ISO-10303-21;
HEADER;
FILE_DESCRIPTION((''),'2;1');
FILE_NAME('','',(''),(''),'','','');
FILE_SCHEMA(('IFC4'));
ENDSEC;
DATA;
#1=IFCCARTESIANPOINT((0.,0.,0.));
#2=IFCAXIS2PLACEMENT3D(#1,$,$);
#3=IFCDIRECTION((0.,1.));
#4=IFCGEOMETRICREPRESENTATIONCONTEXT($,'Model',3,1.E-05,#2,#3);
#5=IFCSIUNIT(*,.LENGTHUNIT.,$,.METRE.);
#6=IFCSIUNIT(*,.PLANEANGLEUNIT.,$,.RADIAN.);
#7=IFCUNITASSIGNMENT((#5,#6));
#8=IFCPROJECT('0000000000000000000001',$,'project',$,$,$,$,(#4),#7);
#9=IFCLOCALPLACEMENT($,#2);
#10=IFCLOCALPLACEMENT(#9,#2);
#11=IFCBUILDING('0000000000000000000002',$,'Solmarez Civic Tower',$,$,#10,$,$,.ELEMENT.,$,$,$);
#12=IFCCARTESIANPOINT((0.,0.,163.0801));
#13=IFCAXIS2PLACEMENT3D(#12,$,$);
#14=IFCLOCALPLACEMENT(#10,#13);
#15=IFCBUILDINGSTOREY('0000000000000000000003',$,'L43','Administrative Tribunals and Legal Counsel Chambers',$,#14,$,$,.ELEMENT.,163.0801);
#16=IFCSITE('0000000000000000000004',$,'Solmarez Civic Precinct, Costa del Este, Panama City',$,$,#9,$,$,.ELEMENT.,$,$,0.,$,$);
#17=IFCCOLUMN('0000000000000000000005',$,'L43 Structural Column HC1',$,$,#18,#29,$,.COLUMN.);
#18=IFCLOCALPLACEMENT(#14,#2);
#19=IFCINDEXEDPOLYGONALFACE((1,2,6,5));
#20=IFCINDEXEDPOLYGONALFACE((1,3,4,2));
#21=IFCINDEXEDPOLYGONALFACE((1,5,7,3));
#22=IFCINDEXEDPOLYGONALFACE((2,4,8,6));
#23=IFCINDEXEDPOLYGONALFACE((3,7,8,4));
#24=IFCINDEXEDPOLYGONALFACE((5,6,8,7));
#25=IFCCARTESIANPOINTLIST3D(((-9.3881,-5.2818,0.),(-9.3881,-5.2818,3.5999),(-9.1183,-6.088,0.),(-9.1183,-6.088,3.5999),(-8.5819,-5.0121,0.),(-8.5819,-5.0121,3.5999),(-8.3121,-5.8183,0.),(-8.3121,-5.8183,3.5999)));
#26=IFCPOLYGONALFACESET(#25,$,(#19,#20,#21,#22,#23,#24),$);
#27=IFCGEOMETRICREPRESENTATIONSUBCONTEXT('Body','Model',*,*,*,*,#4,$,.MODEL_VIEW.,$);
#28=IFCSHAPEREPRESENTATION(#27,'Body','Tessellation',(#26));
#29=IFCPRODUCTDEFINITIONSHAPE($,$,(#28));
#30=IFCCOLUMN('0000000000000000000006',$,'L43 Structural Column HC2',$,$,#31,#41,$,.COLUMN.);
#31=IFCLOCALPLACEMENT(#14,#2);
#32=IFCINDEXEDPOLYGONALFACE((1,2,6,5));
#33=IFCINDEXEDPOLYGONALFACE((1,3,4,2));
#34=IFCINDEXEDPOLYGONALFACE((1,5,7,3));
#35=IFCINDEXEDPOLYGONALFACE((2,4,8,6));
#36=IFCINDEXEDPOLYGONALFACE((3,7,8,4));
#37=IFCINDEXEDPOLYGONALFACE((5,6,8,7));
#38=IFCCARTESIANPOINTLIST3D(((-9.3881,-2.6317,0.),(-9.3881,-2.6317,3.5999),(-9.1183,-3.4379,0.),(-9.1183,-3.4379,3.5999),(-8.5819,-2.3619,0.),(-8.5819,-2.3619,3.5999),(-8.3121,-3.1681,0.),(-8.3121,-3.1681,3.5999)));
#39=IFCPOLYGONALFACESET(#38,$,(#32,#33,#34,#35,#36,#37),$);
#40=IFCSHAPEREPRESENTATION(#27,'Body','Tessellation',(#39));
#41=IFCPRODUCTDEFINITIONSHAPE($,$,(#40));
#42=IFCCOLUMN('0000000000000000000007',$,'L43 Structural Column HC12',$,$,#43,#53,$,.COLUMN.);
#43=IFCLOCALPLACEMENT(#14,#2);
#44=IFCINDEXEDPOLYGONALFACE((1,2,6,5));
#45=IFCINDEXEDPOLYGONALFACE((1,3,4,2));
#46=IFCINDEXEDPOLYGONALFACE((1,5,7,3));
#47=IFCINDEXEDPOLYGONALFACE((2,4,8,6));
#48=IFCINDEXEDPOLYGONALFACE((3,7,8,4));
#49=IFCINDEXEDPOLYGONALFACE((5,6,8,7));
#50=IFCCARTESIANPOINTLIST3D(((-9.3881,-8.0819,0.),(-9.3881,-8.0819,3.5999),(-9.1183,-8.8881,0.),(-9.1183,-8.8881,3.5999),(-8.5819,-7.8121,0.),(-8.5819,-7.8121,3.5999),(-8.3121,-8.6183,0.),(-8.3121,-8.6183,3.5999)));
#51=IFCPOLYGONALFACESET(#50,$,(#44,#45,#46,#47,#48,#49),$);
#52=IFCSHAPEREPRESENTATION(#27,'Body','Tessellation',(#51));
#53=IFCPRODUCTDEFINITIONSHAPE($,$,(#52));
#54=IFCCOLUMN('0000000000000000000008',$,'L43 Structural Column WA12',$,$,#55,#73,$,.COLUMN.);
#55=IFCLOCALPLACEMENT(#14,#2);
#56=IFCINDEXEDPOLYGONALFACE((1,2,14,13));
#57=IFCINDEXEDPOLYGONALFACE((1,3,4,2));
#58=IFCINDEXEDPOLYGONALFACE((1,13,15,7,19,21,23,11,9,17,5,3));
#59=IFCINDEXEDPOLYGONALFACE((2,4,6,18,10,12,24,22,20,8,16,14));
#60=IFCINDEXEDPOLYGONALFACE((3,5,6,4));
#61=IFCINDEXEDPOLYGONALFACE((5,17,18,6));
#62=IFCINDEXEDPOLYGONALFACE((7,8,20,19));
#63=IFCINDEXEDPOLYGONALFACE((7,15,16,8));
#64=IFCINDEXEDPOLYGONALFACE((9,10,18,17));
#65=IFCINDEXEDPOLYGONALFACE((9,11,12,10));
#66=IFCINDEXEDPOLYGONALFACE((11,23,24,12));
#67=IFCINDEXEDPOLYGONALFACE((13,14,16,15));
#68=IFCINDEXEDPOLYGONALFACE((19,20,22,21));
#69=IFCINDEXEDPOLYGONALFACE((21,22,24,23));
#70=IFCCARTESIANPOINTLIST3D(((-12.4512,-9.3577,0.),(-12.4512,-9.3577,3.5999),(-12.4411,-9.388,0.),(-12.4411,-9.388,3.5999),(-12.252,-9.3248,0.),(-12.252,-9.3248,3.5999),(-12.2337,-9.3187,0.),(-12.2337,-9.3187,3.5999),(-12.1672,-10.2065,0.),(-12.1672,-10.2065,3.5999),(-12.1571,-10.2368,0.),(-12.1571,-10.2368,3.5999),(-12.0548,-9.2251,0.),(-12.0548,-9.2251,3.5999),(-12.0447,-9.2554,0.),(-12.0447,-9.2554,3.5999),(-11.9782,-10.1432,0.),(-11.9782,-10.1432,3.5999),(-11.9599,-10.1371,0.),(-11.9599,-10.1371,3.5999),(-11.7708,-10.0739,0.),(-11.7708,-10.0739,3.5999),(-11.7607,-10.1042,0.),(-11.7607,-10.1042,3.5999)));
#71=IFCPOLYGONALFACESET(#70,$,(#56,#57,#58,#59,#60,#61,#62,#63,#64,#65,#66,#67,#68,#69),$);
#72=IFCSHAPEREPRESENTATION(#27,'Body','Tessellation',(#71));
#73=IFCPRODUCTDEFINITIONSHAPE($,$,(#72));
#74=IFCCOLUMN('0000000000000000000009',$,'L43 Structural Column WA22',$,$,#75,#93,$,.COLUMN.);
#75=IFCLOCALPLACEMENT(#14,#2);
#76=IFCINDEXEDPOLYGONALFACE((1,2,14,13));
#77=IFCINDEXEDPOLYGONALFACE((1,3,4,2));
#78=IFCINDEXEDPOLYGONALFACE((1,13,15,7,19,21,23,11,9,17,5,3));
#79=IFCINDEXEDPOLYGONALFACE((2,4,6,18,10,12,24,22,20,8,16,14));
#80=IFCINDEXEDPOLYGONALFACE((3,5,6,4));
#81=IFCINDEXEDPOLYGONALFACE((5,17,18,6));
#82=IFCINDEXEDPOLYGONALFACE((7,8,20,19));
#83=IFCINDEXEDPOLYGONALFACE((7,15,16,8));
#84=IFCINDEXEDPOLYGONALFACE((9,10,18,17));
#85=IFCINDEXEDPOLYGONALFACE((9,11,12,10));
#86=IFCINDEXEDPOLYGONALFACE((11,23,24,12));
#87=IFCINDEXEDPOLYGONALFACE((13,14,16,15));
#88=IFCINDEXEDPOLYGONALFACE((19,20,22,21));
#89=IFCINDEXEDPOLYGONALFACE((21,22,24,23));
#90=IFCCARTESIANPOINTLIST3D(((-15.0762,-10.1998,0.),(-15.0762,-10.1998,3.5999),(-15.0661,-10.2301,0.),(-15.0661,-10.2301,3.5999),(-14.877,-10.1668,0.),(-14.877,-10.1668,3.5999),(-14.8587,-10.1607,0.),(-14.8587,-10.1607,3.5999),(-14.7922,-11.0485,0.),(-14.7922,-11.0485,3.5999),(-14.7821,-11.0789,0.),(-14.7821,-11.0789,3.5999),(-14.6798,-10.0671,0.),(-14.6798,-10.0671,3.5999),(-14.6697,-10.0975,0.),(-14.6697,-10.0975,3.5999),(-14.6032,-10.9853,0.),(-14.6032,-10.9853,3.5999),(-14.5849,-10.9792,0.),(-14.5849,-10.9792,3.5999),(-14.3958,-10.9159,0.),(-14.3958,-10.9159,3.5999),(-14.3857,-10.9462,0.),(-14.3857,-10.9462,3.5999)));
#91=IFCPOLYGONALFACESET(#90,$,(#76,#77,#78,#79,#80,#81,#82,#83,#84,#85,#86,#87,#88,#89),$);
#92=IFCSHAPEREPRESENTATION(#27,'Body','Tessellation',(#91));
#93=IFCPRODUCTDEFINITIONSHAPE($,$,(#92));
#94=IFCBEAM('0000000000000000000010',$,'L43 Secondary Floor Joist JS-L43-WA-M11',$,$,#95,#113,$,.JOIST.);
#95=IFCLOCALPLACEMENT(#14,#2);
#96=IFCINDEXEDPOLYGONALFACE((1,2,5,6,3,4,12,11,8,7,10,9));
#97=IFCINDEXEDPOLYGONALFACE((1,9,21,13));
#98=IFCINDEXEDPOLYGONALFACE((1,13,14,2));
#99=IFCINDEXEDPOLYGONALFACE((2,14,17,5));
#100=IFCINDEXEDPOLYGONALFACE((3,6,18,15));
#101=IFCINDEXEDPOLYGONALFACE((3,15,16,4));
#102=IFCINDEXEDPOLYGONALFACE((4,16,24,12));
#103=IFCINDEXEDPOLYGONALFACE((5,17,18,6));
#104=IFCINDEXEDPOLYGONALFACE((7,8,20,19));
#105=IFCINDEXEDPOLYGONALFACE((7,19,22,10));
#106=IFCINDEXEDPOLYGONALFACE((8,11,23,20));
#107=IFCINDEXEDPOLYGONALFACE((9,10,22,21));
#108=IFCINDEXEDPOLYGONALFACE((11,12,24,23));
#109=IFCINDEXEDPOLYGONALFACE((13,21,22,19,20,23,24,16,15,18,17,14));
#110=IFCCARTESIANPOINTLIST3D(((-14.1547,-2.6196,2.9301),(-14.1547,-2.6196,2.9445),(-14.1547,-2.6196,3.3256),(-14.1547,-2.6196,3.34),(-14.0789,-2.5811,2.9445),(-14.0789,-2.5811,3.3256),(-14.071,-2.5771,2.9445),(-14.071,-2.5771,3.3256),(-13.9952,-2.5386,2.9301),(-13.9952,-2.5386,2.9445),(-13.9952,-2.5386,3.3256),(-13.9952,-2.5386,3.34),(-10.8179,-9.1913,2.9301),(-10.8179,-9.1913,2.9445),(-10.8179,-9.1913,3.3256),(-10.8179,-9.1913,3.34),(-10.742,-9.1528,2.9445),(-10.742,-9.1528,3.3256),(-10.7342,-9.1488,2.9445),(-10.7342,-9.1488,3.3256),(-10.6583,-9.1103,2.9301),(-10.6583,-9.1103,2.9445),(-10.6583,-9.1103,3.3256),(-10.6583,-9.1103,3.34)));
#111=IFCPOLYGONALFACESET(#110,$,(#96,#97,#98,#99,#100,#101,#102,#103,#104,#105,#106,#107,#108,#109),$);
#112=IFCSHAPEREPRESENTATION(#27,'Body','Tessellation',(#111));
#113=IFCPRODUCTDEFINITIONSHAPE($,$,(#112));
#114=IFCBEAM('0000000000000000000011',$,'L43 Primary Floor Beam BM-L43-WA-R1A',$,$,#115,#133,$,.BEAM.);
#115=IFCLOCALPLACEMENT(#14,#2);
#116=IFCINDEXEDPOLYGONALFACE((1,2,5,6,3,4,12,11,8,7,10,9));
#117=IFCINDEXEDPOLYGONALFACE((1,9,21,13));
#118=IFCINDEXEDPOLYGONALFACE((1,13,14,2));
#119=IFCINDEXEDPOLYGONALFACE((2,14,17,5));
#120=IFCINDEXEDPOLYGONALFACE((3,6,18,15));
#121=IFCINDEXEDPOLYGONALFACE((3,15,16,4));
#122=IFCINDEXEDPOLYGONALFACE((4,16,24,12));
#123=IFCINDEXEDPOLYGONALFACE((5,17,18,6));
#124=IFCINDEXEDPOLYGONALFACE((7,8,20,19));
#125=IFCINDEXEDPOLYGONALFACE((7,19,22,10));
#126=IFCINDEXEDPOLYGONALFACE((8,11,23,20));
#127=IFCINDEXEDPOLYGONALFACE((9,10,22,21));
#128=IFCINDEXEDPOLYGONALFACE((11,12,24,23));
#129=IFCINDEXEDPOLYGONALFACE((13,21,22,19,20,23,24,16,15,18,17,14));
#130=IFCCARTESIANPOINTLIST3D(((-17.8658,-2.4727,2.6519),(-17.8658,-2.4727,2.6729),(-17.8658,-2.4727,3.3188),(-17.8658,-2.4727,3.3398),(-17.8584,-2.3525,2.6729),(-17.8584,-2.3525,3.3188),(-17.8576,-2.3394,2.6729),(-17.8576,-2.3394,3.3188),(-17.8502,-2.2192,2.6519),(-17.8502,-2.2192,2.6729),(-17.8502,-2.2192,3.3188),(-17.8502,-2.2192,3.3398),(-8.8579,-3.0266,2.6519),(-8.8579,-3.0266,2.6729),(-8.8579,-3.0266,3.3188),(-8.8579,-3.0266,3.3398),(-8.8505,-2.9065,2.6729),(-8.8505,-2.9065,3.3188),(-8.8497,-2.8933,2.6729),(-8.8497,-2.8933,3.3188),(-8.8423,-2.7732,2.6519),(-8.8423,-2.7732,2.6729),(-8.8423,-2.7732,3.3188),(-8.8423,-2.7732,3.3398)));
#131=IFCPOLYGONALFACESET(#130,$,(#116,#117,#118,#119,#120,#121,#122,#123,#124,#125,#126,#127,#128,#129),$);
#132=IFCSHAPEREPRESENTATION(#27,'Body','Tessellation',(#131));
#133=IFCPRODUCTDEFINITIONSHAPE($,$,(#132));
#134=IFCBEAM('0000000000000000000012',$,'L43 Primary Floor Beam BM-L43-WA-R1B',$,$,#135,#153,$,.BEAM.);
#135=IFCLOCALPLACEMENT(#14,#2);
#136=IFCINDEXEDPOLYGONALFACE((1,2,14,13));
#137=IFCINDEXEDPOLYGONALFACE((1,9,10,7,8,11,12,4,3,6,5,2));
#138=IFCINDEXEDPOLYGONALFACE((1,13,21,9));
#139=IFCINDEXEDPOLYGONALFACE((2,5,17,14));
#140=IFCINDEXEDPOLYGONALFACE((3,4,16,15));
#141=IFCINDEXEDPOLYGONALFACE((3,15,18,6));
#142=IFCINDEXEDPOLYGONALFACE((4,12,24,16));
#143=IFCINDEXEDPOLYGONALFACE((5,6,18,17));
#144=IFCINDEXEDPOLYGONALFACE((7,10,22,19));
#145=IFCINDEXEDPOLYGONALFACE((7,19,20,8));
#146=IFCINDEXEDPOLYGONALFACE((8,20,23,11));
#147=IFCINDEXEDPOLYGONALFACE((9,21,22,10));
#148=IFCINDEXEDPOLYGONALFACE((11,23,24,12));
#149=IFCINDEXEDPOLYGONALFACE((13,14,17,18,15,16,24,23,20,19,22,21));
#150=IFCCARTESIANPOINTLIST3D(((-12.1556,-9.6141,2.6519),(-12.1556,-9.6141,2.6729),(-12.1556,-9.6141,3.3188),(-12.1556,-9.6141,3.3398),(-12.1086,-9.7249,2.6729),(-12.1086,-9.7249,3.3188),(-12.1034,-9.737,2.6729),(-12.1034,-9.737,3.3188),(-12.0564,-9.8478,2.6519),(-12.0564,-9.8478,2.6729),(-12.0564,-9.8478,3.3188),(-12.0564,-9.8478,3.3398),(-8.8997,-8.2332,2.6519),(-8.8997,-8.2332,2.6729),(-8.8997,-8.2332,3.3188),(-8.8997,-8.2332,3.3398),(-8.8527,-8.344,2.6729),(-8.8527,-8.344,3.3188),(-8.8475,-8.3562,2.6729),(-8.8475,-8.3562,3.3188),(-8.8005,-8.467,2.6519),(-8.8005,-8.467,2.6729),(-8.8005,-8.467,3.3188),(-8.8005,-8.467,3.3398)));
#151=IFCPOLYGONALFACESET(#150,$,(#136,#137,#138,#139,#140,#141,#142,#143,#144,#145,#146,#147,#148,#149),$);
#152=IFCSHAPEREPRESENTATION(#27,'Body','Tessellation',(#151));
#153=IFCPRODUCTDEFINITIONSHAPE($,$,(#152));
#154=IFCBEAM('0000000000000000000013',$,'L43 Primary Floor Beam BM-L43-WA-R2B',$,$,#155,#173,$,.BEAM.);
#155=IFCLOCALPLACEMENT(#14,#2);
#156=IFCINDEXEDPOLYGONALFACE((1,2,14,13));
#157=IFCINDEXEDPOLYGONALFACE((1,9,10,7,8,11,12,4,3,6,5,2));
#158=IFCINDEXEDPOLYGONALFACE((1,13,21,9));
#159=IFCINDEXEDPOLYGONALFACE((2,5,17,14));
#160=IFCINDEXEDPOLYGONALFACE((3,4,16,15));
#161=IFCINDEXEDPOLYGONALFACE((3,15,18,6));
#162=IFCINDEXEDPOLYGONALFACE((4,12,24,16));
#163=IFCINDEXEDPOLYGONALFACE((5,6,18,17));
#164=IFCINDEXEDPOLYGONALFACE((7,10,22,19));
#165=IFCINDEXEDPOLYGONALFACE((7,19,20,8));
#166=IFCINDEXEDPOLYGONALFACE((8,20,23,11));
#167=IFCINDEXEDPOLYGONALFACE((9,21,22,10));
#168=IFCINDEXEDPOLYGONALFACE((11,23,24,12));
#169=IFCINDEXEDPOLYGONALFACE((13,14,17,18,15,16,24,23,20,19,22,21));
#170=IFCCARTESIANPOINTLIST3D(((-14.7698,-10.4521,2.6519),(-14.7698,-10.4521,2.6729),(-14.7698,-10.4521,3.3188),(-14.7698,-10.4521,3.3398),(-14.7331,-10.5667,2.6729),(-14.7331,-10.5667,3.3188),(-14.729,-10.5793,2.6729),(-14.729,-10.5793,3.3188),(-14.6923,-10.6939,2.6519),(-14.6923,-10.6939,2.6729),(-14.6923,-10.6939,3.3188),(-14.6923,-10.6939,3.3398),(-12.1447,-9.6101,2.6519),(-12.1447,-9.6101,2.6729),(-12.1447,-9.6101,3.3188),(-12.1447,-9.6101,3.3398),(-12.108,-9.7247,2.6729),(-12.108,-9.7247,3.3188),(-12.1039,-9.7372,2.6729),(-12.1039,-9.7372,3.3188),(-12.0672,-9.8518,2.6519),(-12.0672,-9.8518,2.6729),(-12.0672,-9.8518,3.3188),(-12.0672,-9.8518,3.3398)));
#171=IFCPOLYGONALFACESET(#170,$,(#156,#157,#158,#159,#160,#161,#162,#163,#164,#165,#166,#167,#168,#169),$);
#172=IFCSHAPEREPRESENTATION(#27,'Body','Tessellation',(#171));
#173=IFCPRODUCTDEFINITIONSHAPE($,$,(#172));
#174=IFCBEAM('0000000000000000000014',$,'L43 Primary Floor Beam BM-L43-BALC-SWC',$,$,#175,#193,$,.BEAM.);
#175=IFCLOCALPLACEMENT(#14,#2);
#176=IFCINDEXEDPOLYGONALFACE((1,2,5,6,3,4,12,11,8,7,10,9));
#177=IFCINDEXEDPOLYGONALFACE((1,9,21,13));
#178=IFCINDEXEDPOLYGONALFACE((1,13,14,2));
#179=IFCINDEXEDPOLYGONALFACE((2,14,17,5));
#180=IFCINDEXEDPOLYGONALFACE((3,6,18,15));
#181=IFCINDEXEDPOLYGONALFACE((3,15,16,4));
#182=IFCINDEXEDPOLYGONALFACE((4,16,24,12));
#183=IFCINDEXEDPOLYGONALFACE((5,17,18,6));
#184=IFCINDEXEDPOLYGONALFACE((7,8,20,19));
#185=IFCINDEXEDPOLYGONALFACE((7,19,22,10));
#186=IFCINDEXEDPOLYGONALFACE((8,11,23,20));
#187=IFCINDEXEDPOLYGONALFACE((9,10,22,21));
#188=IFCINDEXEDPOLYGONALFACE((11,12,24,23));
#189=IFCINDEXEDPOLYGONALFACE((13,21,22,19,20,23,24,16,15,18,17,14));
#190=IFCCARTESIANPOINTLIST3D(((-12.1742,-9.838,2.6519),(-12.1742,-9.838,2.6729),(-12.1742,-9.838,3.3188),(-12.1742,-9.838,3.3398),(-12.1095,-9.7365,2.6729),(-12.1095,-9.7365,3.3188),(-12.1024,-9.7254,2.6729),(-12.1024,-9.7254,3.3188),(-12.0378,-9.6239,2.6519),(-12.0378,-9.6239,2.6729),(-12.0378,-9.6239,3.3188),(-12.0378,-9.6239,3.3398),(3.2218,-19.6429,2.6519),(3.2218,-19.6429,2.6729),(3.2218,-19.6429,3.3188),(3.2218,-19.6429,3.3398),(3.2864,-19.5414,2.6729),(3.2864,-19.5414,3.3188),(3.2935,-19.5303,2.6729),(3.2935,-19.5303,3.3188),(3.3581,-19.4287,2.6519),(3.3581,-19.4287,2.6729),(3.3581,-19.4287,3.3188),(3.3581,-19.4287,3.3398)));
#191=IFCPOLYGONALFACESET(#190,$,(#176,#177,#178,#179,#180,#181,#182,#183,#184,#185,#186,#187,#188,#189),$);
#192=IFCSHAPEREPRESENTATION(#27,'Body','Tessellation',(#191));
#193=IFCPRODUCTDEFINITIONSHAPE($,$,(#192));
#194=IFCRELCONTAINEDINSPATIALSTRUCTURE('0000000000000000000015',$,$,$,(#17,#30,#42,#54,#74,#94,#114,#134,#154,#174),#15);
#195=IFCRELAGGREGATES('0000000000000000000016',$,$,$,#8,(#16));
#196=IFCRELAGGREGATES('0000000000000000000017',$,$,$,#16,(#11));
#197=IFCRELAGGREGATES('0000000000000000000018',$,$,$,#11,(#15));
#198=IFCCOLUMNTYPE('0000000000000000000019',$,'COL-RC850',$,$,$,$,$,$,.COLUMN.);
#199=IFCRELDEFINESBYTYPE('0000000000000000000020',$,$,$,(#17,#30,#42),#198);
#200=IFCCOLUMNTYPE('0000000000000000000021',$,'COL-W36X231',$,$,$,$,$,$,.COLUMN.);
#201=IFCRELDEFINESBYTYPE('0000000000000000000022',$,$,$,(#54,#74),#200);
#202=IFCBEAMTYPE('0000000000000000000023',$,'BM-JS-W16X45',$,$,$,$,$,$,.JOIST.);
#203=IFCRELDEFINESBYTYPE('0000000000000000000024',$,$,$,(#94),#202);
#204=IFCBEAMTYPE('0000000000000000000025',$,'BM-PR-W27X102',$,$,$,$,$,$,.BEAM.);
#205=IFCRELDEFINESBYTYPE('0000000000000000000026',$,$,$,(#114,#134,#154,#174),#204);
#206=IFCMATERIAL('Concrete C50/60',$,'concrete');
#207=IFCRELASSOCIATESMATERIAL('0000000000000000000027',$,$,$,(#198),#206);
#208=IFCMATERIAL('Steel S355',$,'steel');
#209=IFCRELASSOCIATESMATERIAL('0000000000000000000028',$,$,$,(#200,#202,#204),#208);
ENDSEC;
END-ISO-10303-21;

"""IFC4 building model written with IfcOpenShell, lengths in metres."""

from ifc_helpers import new_model, si_unit, direction, frame, origin, origin_2d, place, context, subcontext, project, spatial, rectangle, i_section, extrude, material, material_profile, profile_set, type_object, element, save


model = new_model("IFC4")

# Units and contexts
model_context = context("Model", 3, precision=1e-05, world=origin(), true_north=direction((0.0, 1.0)))
body_context = subcontext(model_context, "Body", "Model", "MODEL_VIEW")
ifc_project = project(units=[si_unit("LENGTHUNIT", "METRE"), si_unit("PLANEANGLEUNIT", "RADIAN")], contexts=[model_context])

# Site, building, storey
site_placement = place(None, origin())
site = spatial("IfcSite", under=ifc_project, at=site_placement, Name="Solmarez Civic Precinct, Costa del Este, Panama City", CompositionType="ELEMENT", RefElevation=0.0)
building_placement = place(site_placement, origin())
building = spatial("IfcBuilding", under=site, at=building_placement, Name="Solmarez Civic Tower", CompositionType="ELEMENT")
storey_placement = place(building_placement, frame((0.0, 0.0, 163.0801)))
storey = spatial("IfcBuildingStorey", under=building, at=storey_placement, Name="L43", Description="Administrative Tribunals and Legal Counsel Chambers", CompositionType="ELEMENT", Elevation=163.0801)

# Columns
ifc_material_1 = material(Name="Concrete C50/60", Category="concrete")
ifc_material_profile_1 = material_profile(ifc_material_1, rectangle(XDim=0.8501, YDim=0.8501, at=origin_2d()), Name="RC850X850")
ifc_profile_set_1 = profile_set([ifc_material_profile_1], Name="Concrete C50/60")
column_type_1 = type_object("IfcColumnType", Name="COL-RC850", PredefinedType="COLUMN", material=ifc_profile_set_1)
for number, where, z_axis, x_axis, name in (
    (1, (-8.8501, -5.55, 0.0), (0.0, 0.0, 1.0), (0.948324, 0.317305, 0.0), "L43 Structural Column HC1"),
    (2, (-8.8501, -2.8999, 0.0), (0.0, 0.0, 1.0), (0.948324, 0.317305, 0.0), "L43 Structural Column HC2"),
    (3, (-8.8501, -8.3501, 0.0), (0.0, 0.0, 1.0), (0.948324, 0.317305, 0.0), "L43 Structural Column HC12"),
):
    element("IfcColumn", number, at=place(storey_placement, frame(where, z_axis=z_axis, x_axis=x_axis)), inside=storey, type_object=column_type_1, Name=name, PredefinedType="COLUMN", context=body_context, shape_type="SweptSolid", body=[
        extrude(rectangle(XDim=0.8501, YDim=0.8501, at=origin_2d()), origin(), (0.0, 0.0, 1.0), 3.5999),
    ])
ifc_material_2 = material(Name="Steel S355", Category="steel")
ifc_material_profile_2 = material_profile(ifc_material_2, i_section(OverallWidth=0.418, OverallDepth=0.927, WebThickness=0.0193, FlangeThickness=0.032, at=origin_2d()), Name="W36X231")
ifc_profile_set_2 = profile_set([ifc_material_profile_2], Name="Steel S355")
column_type_2 = type_object("IfcColumnType", Name="COL-W36X231", PredefinedType="COLUMN", material=ifc_profile_set_2)
for number, where, z_axis, x_axis, name in (
    (4, (-12.106, -9.731, 0.0), (0.0, 0.0, 1.0), (0.948324, 0.317305, 0.0), "L43 Structural Column WA12"),
    (5, (-14.731, -10.573, 0.0), (0.0, 0.0, 1.0), (0.948324, 0.317305, 0.0), "L43 Structural Column WA22"),
):
    element("IfcColumn", number, at=place(storey_placement, frame(where, z_axis=z_axis, x_axis=x_axis)), inside=storey, type_object=column_type_2, Name=name, PredefinedType="COLUMN", context=body_context, shape_type="SweptSolid", body=[
        extrude(i_section(OverallWidth=0.418, OverallDepth=0.927, WebThickness=0.0193, FlangeThickness=0.032, at=origin_2d()), origin(), (0.0, 0.0, 1.0), 3.5999),
    ])

# Beams
ifc_material_profile_3 = material_profile(ifc_material_2, i_section(OverallWidth=0.179, OverallDepth=0.4099, WebThickness=0.0088, FlangeThickness=0.0144, at=origin_2d()), Name="W16X45")
ifc_profile_set_3 = profile_set([ifc_material_profile_3], Name="Steel S355")
beam_type_1 = type_object("IfcBeamType", Name="BM-JS-W16X45", PredefinedType="JOIST", material=ifc_profile_set_3)
beam_1_placement = place(storey_placement, frame((-14.075, -2.5791, 3.135), z_axis=(0.452743, -0.891641, 0.0), x_axis=(0.891641, 0.452743, 0.0)))
element("IfcBeam", 6, at=beam_1_placement, inside=storey, type_object=beam_type_1, Name="L43 Secondary Floor Joist JS-L43-WA-M11", PredefinedType="JOIST", context=body_context, shape_type="SweptSolid", body=[
    extrude(i_section(OverallWidth=0.179, OverallDepth=0.4099, WebThickness=0.0088, FlangeThickness=0.0144, at=origin_2d()), origin(), (0.0, 0.0, 1.0), 7.3704),
])
ifc_material_profile_4 = material_profile(ifc_material_2, i_section(OverallWidth=0.2539, OverallDepth=0.688, WebThickness=0.0132, FlangeThickness=0.021, at=origin_2d()), Name="W27X102")
ifc_profile_set_4 = profile_set([ifc_material_profile_4], Name="Steel S355")
beam_type_2 = type_object("IfcBeamType", Name="BM-PR-W27X102", PredefinedType="BEAM", material=ifc_profile_set_4)
beam_2_placement = place(storey_placement, frame((-8.8501, -2.8999, 2.9958), z_axis=(-0.998114, 0.061381, 0.0), x_axis=(-0.061381, -0.998114, 0.0)))
element("IfcBeam", 7, at=beam_2_placement, inside=storey, type_object=beam_type_2, Name="L43 Primary Floor Beam BM-L43-WA-R1A", PredefinedType="BEAM", context=body_context, shape_type="SweptSolid", body=[
    extrude(i_section(OverallWidth=0.2539, OverallDepth=0.688, WebThickness=0.0132, FlangeThickness=0.021, at=origin_2d()), origin(), (0.0, 0.0, 1.0), 9.0249),
])
beam_3_placement = place(storey_placement, frame((-8.8501, -8.3501, 2.9958), z_axis=(-0.920624, -0.390451, 0.0), x_axis=(0.390451, -0.920624, 0.0)))
element("IfcBeam", 8, at=beam_3_placement, inside=storey, type_object=beam_type_2, Name="L43 Primary Floor Beam BM-L43-WA-R1B", PredefinedType="BEAM", context=body_context, shape_type="SweptSolid", body=[
    extrude(i_section(OverallWidth=0.2539, OverallDepth=0.688, WebThickness=0.0132, FlangeThickness=0.021, at=origin_2d()), origin(), (0.0, 0.0, 1.0), 3.5366),
])
beam_4_placement = place(storey_placement, frame((-12.106, -9.731, 2.9958), z_axis=(-0.952209, -0.305447, 0.0), x_axis=(0.305447, -0.952209, 0.0)))
element("IfcBeam", 9, at=beam_4_placement, inside=storey, type_object=beam_type_2, Name="L43 Primary Floor Beam BM-L43-WA-R2B", PredefinedType="BEAM", context=body_context, shape_type="SweptSolid", body=[
    extrude(i_section(OverallWidth=0.2539, OverallDepth=0.688, WebThickness=0.0132, FlangeThickness=0.021, at=origin_2d()), origin(), (0.0, 0.0, 1.0), 2.7568),
])
beam_5_placement = place(storey_placement, frame((-12.106, -9.731, 2.9958), z_axis=(0.843476, -0.537167, 0.0), x_axis=(0.537167, 0.843476, 0.0)))
element("IfcBeam", 10, at=beam_5_placement, inside=storey, type_object=beam_type_2, Name="L43 Primary Floor Beam BM-L43-BALC-SWC", PredefinedType="BEAM", context=body_context, shape_type="SweptSolid", body=[
    extrude(i_section(OverallWidth=0.2539, OverallDepth=0.688, WebThickness=0.0132, FlangeThickness=0.021, at=origin_2d()), origin(), (0.0, 0.0, 1.0), 18.2529),
])

save(model, "model.ifc")
